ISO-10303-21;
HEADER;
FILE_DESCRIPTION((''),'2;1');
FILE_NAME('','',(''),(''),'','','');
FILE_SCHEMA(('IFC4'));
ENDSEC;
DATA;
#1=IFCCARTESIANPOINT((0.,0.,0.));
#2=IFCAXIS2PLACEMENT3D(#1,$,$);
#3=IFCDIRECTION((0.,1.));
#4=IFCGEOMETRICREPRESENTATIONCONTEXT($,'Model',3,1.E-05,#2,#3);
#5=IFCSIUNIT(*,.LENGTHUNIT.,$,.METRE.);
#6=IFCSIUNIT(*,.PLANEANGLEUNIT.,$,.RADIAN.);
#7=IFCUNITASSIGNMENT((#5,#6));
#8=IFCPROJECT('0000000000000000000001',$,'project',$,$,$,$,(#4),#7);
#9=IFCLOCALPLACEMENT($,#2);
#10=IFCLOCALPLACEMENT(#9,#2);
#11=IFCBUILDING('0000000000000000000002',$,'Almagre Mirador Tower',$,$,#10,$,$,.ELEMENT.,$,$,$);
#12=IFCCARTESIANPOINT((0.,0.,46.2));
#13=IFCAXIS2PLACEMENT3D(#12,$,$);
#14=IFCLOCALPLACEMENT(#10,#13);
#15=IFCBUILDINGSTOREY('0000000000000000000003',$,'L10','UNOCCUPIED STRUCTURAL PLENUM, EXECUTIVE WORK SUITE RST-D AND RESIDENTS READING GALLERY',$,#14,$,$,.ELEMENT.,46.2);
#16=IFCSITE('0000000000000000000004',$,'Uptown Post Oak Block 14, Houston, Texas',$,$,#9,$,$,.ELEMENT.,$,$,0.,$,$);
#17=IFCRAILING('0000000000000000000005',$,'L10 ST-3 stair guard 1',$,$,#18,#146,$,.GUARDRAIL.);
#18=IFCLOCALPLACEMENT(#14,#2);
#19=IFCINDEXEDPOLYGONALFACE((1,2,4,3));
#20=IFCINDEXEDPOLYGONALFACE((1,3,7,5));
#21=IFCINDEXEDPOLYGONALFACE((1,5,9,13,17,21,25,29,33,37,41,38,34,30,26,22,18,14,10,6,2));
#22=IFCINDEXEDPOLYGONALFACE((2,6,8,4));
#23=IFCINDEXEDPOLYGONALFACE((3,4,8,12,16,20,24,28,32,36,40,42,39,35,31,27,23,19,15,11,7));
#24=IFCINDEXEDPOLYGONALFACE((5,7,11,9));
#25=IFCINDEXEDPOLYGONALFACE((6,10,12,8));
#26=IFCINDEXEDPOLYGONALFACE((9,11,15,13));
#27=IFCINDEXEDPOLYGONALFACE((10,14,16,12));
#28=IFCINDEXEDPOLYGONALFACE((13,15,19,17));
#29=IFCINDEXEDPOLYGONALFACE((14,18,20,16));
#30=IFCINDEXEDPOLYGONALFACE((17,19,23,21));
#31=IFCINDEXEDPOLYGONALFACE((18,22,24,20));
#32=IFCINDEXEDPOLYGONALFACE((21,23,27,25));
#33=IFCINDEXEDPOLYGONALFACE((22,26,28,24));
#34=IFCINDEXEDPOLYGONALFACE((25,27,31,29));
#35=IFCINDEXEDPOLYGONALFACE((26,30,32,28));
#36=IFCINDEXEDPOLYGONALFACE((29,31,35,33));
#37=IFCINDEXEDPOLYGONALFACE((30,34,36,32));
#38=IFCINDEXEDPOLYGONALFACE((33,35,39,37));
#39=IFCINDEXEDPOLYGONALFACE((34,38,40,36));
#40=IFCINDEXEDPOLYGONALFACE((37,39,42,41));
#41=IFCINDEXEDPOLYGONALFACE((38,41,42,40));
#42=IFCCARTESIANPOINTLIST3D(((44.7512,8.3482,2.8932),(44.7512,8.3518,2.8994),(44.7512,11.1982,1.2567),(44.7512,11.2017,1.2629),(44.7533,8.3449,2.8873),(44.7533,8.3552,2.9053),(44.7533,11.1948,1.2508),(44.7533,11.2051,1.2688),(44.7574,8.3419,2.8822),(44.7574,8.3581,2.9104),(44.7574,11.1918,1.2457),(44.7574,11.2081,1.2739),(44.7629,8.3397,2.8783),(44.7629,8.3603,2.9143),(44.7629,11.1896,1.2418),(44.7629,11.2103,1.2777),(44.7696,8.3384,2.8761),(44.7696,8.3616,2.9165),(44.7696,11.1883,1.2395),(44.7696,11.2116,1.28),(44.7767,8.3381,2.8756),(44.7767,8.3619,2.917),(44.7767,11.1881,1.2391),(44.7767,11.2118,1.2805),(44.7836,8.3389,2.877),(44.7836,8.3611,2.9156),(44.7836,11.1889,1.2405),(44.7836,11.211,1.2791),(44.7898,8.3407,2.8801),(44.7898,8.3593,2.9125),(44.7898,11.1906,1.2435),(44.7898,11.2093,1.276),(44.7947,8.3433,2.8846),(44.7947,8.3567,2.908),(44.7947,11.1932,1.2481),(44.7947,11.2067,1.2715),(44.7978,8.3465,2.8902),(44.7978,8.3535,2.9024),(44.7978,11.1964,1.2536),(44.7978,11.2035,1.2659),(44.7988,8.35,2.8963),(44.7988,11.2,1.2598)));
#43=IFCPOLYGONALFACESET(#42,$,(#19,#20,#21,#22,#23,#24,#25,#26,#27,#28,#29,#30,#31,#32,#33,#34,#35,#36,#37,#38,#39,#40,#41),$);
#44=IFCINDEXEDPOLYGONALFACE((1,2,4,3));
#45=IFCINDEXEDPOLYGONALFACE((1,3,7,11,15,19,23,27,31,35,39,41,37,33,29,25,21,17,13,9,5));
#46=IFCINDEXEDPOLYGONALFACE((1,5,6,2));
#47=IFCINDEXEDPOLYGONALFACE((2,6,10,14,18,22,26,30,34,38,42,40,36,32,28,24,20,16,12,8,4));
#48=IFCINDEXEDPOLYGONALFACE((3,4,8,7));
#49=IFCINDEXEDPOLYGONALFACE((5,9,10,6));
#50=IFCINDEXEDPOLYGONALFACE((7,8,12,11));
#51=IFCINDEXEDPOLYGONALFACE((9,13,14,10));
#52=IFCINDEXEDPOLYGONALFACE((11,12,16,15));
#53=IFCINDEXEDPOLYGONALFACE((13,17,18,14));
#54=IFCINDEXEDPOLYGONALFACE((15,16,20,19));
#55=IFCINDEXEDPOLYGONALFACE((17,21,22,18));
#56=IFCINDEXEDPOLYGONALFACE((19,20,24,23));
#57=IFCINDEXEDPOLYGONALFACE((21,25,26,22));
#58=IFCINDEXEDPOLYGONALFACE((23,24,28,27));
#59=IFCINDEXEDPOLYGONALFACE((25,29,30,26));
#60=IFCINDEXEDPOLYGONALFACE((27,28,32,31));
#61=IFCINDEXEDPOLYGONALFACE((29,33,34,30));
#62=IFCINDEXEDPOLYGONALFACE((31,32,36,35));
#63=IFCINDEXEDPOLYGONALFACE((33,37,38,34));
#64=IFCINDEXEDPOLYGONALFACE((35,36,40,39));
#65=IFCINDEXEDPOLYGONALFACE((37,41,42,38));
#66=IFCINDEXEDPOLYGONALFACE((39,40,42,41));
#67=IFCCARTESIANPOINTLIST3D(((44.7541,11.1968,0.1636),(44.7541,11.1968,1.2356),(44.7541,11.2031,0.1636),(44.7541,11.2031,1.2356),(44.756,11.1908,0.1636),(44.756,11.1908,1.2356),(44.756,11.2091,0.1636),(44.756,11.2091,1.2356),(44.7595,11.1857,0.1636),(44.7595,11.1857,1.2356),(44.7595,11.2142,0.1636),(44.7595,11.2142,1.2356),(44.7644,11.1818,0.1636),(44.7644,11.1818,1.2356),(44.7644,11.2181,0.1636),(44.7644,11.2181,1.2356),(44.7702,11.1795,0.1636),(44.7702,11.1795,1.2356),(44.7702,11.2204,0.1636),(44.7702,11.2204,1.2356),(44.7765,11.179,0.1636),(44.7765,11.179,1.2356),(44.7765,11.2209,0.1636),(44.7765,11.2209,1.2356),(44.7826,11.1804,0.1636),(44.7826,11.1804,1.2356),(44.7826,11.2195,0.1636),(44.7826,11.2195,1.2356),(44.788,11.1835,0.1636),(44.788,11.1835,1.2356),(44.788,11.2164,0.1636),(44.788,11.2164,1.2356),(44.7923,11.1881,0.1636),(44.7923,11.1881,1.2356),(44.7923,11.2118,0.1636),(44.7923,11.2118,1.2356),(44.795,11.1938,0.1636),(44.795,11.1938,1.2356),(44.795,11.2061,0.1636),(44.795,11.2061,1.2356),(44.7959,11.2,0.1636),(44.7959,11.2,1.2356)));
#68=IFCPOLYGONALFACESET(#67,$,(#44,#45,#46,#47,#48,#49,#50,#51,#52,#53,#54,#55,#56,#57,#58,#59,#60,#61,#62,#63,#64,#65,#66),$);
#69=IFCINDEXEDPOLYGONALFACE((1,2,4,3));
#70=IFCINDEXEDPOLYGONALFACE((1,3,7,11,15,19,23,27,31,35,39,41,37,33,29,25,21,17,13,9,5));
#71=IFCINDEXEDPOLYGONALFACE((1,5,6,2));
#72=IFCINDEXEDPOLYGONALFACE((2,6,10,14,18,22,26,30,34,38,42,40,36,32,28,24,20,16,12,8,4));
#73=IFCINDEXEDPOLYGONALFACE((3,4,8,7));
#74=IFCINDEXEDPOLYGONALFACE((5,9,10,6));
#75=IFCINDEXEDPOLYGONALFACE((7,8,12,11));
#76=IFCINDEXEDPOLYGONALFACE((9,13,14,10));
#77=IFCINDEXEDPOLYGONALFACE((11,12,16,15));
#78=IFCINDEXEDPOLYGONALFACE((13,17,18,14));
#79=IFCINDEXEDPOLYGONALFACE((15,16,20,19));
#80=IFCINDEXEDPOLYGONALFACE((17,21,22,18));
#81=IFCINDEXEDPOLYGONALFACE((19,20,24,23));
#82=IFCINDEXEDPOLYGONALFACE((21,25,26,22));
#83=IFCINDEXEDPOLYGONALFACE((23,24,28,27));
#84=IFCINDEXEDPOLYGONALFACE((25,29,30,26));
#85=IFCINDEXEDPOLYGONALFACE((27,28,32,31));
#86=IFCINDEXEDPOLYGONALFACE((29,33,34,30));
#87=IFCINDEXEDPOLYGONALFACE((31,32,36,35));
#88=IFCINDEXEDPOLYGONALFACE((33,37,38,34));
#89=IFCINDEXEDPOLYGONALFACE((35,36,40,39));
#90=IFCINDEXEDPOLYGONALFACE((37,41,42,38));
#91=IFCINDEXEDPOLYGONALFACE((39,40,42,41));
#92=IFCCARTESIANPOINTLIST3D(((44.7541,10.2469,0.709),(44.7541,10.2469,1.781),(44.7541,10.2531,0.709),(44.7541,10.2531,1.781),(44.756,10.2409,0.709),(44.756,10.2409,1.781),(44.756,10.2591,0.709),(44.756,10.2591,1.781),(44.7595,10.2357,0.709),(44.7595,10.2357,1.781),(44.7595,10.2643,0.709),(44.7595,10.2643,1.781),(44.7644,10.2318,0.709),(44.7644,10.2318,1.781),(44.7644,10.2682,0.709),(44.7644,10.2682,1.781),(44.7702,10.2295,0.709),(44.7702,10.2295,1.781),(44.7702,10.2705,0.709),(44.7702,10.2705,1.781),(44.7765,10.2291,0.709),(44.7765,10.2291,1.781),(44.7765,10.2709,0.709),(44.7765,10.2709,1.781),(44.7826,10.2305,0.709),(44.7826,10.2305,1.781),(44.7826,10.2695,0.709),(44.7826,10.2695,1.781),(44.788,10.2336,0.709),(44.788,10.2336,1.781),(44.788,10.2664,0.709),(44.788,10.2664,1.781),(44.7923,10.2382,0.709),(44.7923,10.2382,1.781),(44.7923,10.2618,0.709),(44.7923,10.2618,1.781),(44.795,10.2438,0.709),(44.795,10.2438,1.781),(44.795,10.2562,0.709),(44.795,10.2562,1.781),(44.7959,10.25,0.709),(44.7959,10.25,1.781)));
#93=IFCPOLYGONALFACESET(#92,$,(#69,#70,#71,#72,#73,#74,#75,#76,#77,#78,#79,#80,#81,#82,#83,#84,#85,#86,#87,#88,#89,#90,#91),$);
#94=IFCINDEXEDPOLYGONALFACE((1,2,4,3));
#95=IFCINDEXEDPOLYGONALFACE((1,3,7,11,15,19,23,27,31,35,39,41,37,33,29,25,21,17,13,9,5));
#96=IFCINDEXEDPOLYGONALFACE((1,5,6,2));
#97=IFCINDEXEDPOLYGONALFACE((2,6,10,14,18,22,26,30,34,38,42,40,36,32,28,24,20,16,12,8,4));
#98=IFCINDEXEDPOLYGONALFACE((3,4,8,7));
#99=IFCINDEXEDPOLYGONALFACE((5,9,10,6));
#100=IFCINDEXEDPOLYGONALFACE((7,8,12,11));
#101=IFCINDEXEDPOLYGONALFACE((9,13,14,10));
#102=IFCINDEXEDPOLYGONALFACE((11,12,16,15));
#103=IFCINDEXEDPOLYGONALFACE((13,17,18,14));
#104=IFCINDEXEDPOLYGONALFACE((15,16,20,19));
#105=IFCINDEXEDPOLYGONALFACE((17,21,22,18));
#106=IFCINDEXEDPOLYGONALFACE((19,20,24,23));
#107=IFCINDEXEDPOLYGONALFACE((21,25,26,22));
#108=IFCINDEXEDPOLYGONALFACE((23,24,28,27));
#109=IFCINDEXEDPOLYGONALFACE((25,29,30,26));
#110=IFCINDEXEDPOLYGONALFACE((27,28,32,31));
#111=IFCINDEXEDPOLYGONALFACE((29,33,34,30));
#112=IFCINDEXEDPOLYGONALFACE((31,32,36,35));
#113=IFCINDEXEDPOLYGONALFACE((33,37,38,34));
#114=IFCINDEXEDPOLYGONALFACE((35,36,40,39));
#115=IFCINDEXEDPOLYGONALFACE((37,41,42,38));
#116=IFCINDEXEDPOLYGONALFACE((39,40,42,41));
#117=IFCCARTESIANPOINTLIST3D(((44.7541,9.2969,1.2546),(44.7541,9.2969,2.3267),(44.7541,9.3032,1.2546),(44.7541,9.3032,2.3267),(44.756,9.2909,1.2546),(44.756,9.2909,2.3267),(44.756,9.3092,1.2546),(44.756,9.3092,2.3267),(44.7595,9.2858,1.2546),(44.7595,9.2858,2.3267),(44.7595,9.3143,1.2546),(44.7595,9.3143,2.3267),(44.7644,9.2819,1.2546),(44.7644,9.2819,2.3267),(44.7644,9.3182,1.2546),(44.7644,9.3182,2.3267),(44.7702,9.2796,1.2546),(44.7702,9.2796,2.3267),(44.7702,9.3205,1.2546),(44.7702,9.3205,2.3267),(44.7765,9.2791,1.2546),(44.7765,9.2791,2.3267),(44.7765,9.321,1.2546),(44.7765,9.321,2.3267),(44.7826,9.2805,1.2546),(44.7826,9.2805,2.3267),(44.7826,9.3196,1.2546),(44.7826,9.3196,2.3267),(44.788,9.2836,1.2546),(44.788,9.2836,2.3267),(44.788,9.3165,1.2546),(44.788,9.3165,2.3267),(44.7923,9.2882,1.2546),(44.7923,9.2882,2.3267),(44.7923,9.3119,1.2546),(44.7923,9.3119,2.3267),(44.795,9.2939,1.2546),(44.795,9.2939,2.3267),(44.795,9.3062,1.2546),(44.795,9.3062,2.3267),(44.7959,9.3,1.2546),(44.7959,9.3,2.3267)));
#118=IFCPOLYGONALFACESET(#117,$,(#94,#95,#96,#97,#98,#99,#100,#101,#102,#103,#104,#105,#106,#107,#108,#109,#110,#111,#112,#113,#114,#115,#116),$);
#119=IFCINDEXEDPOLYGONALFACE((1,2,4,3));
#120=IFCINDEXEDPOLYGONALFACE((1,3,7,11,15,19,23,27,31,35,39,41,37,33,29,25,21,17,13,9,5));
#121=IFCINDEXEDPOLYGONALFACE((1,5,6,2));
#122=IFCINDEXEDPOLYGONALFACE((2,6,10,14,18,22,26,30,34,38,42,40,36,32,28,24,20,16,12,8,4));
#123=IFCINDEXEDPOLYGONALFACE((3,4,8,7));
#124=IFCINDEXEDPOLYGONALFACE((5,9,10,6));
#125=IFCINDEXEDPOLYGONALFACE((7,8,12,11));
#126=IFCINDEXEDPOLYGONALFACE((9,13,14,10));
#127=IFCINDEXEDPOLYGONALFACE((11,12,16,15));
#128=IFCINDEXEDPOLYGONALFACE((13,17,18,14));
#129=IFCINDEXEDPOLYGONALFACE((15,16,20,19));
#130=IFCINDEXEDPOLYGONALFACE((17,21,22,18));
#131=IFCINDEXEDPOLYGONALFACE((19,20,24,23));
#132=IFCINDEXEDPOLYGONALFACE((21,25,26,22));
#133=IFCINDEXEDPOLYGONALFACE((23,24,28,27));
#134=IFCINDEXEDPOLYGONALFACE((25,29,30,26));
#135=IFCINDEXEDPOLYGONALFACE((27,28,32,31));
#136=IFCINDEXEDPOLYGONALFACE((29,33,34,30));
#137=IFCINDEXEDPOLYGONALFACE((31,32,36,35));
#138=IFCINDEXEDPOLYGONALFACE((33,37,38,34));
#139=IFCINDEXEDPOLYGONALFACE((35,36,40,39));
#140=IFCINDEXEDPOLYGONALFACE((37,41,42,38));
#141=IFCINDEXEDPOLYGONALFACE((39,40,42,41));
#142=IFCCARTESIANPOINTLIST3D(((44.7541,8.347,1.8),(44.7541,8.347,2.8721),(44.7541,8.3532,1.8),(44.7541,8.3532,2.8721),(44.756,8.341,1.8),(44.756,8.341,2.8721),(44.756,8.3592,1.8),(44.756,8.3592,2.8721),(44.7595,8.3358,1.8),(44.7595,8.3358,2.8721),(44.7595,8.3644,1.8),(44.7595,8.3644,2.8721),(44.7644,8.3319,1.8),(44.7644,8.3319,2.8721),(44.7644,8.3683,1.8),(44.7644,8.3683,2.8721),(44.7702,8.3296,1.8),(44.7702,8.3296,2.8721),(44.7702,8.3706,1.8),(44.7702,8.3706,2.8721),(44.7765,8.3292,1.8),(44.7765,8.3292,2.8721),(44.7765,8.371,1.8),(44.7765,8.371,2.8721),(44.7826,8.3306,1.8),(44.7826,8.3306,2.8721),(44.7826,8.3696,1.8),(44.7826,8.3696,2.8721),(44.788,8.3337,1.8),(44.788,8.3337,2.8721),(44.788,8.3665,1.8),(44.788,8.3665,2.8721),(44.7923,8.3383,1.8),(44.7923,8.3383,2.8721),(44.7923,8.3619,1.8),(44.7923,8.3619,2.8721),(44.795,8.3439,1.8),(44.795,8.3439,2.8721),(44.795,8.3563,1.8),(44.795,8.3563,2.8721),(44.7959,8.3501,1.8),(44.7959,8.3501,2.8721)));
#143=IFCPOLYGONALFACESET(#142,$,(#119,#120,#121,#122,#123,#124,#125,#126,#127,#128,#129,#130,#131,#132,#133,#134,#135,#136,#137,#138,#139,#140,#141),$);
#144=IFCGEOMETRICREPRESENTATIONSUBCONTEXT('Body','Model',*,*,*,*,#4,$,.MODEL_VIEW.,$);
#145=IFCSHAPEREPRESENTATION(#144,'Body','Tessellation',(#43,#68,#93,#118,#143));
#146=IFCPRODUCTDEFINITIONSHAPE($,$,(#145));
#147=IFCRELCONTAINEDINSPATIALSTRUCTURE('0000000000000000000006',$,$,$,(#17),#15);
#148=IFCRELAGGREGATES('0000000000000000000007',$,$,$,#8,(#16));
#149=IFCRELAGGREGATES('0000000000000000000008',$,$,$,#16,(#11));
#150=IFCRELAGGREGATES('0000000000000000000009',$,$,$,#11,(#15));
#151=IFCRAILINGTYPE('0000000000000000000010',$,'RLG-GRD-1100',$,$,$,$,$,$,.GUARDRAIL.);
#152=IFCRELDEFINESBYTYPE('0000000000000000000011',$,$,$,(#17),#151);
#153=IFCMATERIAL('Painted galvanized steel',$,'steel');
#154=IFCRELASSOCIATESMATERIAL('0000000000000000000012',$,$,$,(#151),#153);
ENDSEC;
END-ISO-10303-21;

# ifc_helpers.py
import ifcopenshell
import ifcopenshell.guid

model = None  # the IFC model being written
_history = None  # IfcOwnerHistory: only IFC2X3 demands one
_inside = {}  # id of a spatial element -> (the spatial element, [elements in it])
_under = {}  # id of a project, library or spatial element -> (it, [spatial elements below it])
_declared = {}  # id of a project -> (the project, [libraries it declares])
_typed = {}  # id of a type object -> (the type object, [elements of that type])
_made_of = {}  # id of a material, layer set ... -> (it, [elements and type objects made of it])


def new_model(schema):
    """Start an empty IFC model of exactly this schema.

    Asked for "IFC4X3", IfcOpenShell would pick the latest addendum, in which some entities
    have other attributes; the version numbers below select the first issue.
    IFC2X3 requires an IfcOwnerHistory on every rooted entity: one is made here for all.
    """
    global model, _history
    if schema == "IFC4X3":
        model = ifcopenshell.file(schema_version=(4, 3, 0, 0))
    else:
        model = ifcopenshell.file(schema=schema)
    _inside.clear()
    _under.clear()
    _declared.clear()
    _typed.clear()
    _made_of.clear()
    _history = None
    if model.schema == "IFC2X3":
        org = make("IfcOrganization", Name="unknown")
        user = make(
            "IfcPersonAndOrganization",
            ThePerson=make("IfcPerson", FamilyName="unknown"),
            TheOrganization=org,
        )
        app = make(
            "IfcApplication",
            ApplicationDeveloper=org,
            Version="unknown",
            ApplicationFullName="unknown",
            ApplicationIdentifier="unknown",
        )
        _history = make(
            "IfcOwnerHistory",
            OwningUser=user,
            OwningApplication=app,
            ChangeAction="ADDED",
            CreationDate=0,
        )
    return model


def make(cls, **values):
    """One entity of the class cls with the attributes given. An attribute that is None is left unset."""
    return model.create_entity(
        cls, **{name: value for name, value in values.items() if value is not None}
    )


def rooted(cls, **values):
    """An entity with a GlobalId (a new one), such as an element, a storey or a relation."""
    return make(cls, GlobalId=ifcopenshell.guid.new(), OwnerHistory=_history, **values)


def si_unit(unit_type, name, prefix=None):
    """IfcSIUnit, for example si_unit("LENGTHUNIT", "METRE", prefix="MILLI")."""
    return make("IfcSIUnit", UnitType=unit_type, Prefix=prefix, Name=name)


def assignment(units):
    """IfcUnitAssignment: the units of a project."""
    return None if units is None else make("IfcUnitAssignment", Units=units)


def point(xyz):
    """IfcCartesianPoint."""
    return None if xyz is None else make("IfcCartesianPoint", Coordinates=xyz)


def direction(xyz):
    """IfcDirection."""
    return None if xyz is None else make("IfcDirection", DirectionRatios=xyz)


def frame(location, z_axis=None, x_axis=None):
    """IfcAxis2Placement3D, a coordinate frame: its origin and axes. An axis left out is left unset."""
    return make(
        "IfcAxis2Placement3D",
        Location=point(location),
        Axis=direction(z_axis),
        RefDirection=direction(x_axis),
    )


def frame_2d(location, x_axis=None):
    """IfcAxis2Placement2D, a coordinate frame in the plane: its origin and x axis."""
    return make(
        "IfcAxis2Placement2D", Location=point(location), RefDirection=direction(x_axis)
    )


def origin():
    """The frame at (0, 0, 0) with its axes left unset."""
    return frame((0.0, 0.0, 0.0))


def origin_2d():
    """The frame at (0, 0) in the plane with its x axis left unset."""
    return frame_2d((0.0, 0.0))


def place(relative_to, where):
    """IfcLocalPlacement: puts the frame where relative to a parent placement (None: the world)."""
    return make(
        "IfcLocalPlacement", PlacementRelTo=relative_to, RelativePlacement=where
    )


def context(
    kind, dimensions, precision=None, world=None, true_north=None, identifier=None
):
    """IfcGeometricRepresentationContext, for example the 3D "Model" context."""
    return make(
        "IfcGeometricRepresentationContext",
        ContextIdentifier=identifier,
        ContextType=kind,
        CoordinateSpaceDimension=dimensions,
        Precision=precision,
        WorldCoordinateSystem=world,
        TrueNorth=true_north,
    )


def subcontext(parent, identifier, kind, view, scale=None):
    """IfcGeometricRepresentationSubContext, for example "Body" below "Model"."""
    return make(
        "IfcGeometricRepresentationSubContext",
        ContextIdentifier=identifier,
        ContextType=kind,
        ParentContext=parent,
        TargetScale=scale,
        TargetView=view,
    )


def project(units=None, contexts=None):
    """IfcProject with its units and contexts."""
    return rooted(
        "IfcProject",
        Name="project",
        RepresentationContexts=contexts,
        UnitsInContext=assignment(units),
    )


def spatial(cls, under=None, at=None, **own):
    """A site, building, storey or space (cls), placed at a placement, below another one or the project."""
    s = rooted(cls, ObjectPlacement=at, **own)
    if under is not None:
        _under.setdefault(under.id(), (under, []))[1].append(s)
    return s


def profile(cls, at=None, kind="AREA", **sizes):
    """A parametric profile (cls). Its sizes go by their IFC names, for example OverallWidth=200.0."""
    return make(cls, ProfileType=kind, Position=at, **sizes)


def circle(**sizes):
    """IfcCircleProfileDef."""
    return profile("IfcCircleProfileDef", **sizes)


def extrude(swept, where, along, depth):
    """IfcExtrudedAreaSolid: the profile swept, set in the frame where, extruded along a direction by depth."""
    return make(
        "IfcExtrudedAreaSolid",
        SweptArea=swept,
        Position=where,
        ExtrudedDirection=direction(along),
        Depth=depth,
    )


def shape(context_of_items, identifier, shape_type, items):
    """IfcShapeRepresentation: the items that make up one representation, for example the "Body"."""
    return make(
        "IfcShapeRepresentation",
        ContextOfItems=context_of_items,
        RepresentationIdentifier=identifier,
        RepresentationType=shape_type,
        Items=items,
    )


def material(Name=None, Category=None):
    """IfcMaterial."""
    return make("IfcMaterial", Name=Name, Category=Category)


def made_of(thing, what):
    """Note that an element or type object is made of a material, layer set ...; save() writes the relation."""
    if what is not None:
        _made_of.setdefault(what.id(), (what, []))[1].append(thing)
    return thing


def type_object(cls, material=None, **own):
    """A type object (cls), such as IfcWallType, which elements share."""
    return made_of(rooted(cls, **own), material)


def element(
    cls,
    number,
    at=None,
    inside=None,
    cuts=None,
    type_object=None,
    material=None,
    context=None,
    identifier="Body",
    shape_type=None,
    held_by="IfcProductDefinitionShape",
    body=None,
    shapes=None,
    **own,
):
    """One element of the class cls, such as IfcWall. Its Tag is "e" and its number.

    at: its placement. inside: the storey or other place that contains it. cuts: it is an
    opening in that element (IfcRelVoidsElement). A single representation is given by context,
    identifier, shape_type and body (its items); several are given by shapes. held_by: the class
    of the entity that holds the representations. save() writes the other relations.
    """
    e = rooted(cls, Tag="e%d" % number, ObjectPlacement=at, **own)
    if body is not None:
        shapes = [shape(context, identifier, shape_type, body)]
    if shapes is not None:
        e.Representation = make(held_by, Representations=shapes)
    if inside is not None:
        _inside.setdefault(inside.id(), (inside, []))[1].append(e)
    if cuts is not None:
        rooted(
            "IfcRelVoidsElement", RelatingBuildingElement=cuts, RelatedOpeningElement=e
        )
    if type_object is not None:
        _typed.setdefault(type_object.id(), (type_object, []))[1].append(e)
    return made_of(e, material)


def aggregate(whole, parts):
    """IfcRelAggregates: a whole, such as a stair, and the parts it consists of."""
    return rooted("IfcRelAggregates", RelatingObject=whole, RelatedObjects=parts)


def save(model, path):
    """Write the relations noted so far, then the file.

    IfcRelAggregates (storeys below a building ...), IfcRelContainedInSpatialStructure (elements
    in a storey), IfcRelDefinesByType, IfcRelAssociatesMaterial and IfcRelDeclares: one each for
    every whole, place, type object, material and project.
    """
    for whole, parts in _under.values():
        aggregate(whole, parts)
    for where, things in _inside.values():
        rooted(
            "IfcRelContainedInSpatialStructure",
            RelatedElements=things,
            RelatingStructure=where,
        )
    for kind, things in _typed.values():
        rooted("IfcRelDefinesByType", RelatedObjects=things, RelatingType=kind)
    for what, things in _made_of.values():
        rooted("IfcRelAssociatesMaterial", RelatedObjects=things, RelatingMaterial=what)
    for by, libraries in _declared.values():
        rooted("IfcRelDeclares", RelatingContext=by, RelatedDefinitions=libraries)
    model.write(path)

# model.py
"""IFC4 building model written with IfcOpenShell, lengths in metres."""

from ifc_helpers import new_model, si_unit, direction, frame, origin, origin_2d, place, context, subcontext, project, spatial, circle, extrude, material, type_object, element, save


model = new_model("IFC4")

# Units and contexts
model_context = context("Model", 3, precision=1e-05, world=origin(), true_north=direction((0.0, 1.0)))
body_context = subcontext(model_context, "Body", "Model", "MODEL_VIEW")
ifc_project = project(units=[si_unit("LENGTHUNIT", "METRE"), si_unit("PLANEANGLEUNIT", "RADIAN")], contexts=[model_context])

# Site, building, storey
site_placement = place(None, origin())
site = spatial("IfcSite", under=ifc_project, at=site_placement, Name="Uptown Post Oak Block 14, Houston, Texas", CompositionType="ELEMENT", RefElevation=0.0)
building_placement = place(site_placement, origin())
building = spatial("IfcBuilding", under=site, at=building_placement, Name="Almagre Mirador Tower", CompositionType="ELEMENT")
storey_placement = place(building_placement, frame((0.0, 0.0, 46.2)))
storey = spatial("IfcBuildingStorey", under=building, at=storey_placement, Name="L10", Description="UNOCCUPIED STRUCTURAL PLENUM, EXECUTIVE WORK SUITE RST-D AND RESIDENTS READING GALLERY", CompositionType="ELEMENT", Elevation=46.2)

# Railing
ifc_material_1 = material(Name="Painted galvanized steel", Category="steel")
railing_type_1 = type_object("IfcRailingType", Name="RLG-GRD-1100", PredefinedType="GUARDRAIL", material=ifc_material_1)
railing_1_placement = place(storey_placement, frame((44.7749, 11.2, 0.1636)))
element("IfcRailing", 1, at=railing_1_placement, inside=storey, type_object=railing_type_1, Name="L10 ST-3 stair guard 1", PredefinedType="GUARDRAIL", context=body_context, shape_type="SweptSolid", body=[
    extrude(circle(Radius=0.0239, at=origin_2d()), frame((0.0, 0.0, 1.0962), z_axis=(0.0, -0.867194, 0.49797), x_axis=(1.0, 0.0, 0.0)), (0.0, 0.0, 1.0), 3.2864),
    extrude(circle(Radius=0.021, at=origin_2d()), origin(), (0.0, 0.0, 1.0), 1.072),
    extrude(circle(Radius=0.021, at=origin_2d()), frame((0.0, -0.95, 0.5454)), (0.0, 0.0, 1.0), 1.072),
    extrude(circle(Radius=0.021, at=origin_2d()), frame((0.0, -1.8999, 1.0911)), (0.0, 0.0, 1.0), 1.072),
    extrude(circle(Radius=0.021, at=origin_2d()), frame((0.0, -2.8499, 1.6365)), (0.0, 0.0, 1.0), 1.072),
])

save(model, "model.ifc")
